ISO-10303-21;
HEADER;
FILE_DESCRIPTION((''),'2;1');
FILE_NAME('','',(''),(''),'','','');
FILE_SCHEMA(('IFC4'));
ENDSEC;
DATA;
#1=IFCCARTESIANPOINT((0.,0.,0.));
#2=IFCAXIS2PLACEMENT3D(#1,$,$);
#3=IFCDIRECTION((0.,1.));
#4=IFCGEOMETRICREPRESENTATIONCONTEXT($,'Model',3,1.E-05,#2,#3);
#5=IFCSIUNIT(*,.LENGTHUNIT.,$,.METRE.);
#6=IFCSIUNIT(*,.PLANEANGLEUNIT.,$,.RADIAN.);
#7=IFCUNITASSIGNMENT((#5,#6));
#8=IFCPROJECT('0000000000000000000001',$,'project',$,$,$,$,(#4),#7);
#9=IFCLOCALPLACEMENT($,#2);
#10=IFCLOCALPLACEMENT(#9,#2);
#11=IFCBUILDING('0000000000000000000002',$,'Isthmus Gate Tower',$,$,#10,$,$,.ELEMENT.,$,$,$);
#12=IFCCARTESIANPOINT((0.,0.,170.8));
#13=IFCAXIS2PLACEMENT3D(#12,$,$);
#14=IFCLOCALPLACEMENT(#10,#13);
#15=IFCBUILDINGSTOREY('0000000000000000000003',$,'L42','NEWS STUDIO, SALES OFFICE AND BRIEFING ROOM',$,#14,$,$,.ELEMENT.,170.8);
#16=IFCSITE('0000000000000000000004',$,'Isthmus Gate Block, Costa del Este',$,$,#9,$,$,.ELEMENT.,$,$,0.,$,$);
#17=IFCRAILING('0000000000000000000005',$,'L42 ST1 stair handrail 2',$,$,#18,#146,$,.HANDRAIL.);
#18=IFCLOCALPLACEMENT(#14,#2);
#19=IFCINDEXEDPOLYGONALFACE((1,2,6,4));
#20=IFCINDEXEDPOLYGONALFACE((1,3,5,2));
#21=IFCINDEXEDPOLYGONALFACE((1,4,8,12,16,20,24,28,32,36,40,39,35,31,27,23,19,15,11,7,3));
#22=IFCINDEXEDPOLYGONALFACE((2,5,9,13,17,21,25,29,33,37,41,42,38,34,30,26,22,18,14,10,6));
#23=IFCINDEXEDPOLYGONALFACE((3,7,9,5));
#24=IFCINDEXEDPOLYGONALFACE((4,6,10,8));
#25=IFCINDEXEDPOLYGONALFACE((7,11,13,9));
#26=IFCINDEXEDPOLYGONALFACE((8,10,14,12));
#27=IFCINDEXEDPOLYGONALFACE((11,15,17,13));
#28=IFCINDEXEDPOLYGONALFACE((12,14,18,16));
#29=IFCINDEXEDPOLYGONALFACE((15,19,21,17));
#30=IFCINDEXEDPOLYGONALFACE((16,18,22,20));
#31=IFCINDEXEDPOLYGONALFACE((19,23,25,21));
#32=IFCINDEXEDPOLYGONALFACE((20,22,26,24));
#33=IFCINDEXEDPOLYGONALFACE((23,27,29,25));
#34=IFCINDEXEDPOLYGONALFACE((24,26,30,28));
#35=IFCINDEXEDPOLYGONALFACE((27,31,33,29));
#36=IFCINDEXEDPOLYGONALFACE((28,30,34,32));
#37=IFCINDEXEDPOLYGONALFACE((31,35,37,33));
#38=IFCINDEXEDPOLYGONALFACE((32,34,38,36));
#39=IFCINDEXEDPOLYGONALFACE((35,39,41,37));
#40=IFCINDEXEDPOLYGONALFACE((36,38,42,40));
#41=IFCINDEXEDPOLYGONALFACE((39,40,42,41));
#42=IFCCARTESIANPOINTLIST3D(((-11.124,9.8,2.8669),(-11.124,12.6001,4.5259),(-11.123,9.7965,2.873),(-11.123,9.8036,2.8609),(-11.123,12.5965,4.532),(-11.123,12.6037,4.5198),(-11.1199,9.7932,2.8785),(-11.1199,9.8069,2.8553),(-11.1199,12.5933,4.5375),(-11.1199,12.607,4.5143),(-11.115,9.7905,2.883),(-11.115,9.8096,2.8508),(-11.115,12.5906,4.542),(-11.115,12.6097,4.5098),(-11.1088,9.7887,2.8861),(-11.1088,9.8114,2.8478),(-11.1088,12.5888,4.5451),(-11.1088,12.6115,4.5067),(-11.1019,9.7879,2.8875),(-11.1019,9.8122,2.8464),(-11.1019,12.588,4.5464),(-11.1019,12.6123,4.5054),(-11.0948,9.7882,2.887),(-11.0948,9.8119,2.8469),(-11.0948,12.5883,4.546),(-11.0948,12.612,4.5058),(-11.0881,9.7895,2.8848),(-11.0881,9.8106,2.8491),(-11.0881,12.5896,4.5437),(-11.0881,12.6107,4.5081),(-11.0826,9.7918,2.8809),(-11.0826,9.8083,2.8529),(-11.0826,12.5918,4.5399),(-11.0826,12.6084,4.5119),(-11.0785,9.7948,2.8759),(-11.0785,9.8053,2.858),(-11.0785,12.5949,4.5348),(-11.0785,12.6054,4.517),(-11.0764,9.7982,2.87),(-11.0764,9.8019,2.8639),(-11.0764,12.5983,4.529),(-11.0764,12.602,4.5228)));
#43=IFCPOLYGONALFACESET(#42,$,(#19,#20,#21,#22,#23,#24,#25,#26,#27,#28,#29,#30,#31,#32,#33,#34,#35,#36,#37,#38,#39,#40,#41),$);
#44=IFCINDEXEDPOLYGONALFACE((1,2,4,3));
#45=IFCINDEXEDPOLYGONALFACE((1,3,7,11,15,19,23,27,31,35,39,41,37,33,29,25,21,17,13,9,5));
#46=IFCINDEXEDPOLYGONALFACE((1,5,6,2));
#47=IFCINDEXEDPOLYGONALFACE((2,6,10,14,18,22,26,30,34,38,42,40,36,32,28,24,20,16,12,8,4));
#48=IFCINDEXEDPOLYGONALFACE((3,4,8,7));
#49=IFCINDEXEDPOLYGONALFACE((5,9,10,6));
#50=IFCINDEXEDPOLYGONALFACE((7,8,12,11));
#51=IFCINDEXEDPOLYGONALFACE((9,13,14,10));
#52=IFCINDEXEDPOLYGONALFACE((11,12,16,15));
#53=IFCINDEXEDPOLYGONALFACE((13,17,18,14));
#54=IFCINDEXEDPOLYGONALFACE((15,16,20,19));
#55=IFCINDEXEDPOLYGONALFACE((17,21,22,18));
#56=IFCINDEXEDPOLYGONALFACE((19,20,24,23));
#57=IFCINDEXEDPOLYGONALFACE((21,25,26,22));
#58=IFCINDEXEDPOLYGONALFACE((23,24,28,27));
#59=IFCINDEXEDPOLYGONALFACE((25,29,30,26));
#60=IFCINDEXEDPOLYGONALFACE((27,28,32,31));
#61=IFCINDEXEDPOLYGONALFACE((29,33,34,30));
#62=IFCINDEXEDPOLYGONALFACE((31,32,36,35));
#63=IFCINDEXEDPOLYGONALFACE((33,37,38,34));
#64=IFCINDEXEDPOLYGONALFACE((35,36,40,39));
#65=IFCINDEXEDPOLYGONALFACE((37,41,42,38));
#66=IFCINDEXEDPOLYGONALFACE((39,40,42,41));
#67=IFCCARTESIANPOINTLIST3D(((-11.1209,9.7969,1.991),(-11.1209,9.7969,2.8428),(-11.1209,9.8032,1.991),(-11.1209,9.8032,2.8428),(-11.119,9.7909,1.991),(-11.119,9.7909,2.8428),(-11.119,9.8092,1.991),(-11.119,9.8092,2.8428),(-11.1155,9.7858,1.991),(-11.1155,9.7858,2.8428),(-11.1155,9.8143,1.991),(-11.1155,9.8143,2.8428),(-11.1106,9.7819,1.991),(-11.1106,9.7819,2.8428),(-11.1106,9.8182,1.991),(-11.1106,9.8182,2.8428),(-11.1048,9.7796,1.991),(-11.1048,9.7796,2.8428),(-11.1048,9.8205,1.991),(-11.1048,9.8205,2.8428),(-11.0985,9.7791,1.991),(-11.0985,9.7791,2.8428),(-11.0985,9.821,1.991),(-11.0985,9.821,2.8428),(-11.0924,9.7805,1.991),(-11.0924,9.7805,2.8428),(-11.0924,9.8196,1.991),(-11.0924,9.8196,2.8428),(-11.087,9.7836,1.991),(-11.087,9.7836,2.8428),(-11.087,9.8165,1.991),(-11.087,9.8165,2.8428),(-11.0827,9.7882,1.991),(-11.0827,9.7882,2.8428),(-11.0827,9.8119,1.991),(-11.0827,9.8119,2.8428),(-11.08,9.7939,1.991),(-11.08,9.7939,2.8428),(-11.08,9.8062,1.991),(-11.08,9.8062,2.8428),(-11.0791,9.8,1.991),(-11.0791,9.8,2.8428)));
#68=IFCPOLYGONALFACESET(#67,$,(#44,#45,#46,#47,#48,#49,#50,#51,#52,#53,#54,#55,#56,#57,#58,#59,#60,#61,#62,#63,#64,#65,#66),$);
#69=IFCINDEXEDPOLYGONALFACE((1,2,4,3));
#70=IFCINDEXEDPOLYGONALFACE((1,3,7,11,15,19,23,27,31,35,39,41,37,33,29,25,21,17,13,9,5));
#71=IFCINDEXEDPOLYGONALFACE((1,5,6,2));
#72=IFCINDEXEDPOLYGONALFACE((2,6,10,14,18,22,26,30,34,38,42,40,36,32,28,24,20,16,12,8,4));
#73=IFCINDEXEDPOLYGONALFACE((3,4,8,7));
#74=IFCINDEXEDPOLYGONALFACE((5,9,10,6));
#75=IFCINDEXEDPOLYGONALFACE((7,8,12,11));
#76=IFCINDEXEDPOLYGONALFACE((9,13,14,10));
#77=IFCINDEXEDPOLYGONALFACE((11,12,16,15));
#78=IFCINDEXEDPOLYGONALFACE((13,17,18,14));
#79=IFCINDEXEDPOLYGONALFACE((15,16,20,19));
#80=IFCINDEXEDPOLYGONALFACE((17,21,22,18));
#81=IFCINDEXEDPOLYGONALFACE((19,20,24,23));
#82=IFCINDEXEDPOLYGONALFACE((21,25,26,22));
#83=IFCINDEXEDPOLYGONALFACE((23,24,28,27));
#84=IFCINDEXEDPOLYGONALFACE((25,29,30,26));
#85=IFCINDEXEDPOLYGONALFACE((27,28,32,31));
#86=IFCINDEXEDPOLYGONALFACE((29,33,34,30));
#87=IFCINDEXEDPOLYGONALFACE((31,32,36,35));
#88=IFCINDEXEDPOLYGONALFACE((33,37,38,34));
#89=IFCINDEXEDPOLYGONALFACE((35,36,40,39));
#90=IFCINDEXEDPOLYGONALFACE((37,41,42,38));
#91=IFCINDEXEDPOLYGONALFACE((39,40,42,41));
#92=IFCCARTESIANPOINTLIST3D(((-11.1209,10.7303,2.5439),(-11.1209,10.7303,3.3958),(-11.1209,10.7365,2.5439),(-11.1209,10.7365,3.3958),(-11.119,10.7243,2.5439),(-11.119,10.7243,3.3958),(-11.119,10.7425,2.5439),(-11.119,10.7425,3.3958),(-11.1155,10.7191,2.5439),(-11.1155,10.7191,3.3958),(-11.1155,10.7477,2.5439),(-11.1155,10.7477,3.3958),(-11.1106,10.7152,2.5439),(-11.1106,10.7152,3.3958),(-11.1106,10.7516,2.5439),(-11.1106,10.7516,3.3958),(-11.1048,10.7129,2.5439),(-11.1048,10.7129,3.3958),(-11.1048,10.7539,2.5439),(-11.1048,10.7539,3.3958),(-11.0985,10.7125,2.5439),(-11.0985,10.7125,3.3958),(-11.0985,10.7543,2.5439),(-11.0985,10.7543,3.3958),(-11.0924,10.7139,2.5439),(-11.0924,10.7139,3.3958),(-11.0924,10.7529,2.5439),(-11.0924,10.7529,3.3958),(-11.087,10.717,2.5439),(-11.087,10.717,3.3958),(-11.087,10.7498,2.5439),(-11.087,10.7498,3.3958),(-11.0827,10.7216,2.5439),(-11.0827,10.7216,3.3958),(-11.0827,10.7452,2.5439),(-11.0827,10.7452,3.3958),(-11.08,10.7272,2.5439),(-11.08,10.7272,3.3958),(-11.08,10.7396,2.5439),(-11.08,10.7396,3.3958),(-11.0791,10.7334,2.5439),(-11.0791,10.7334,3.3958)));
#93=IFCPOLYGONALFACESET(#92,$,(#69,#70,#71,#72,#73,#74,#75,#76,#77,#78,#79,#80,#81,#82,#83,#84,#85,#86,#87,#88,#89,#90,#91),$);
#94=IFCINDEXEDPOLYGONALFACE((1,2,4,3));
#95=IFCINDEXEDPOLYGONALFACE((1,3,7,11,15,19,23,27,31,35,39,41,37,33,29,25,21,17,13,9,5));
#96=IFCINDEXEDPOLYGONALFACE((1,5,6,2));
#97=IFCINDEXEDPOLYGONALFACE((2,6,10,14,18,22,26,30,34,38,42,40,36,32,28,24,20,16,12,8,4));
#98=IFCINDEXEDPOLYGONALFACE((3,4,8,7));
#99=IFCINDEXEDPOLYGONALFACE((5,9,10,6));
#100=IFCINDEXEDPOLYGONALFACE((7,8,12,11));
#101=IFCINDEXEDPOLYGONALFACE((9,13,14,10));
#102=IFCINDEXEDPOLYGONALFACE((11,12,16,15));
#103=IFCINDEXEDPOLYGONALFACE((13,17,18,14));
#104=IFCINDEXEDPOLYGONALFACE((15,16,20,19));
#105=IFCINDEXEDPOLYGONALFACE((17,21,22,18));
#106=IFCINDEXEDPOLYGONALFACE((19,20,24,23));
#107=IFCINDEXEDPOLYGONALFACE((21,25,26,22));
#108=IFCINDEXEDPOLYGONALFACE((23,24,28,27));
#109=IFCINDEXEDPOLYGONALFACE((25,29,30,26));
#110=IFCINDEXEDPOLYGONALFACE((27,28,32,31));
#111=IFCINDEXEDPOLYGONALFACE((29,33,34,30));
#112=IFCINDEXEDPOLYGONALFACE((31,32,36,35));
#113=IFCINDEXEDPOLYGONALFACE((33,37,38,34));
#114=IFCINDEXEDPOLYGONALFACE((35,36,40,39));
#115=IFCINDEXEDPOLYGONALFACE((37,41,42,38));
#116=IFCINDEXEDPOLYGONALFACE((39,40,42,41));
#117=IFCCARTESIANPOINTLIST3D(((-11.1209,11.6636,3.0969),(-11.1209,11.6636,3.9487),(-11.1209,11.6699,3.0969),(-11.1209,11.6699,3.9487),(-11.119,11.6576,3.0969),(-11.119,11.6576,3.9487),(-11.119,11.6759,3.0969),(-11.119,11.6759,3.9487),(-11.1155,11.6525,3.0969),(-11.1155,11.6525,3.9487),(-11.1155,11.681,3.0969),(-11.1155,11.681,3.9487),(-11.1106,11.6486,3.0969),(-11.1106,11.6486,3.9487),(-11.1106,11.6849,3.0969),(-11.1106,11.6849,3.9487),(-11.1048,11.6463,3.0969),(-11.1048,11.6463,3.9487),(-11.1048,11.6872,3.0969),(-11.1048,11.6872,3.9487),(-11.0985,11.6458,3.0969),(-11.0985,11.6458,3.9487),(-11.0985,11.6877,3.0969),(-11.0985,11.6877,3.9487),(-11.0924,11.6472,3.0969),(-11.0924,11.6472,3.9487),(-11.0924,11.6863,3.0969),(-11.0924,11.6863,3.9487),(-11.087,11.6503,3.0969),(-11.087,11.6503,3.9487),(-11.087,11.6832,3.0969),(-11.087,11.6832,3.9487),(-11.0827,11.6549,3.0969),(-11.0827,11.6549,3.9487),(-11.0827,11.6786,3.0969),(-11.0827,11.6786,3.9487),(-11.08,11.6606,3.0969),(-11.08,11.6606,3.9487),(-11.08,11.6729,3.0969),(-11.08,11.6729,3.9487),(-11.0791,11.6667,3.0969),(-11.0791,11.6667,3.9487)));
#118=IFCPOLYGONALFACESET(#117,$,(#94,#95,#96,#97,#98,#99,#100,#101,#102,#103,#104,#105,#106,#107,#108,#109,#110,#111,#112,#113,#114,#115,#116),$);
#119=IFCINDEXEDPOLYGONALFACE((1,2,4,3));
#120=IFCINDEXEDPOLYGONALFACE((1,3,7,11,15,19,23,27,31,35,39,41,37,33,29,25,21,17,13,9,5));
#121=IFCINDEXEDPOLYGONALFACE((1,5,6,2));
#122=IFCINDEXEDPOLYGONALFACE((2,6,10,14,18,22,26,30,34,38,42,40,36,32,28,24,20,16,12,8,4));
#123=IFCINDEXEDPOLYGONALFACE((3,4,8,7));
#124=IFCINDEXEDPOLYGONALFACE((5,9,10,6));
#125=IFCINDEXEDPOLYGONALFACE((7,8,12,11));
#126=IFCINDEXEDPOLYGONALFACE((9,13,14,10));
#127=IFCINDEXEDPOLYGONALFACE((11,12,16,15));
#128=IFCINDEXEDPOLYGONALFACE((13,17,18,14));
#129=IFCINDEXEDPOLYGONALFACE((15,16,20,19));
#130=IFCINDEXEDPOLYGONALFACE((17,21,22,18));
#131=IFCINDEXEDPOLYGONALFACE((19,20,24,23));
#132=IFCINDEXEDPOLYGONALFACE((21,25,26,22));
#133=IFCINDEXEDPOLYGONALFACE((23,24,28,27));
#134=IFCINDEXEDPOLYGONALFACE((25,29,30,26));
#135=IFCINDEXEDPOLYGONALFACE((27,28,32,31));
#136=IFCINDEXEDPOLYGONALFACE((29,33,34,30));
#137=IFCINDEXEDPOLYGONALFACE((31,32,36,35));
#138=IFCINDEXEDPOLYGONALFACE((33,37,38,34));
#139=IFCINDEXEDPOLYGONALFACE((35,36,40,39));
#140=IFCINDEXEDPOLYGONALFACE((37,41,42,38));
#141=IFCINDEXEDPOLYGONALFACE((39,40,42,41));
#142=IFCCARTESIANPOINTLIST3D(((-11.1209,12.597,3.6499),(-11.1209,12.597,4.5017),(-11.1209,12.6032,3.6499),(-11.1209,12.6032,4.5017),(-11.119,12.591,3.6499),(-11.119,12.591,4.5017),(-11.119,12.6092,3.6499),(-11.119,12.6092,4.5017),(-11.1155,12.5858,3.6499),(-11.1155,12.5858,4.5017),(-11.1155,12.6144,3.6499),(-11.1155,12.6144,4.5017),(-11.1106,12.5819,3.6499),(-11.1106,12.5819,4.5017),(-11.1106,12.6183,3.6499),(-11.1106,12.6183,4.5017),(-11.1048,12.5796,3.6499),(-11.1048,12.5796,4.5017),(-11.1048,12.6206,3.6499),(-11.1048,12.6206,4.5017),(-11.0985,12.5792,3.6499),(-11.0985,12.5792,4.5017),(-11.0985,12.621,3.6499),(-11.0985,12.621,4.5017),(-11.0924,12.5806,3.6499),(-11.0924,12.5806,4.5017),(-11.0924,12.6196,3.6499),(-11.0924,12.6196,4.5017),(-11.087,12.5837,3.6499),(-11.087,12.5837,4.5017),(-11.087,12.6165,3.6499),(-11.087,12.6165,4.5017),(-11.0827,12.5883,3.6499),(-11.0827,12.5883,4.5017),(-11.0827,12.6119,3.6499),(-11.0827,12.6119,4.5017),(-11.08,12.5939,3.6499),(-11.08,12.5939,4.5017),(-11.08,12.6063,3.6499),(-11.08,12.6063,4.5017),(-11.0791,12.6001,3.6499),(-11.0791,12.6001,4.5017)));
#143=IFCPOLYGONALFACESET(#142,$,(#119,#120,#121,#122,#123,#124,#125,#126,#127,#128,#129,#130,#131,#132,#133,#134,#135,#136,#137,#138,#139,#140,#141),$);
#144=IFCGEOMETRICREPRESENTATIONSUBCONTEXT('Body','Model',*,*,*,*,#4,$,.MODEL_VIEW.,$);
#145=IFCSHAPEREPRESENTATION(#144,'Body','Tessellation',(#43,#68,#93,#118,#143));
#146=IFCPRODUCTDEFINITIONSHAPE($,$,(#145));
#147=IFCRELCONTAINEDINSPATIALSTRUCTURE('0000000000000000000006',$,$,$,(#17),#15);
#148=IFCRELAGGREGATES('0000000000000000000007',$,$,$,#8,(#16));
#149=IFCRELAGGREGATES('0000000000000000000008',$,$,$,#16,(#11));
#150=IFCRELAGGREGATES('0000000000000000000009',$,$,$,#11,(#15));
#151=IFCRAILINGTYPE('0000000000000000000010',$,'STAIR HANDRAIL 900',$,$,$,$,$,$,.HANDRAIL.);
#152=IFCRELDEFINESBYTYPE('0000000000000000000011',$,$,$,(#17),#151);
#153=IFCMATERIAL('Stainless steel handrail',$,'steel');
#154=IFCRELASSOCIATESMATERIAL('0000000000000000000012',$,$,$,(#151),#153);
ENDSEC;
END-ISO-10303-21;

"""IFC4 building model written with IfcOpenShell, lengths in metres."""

from ifc_helpers import new_model, si_unit, direction, frame, origin, origin_2d, place, context, subcontext, project, spatial, circle, extrude, material, type_object, element, save


model = new_model("IFC4")

# Units and contexts
model_context = context("Model", 3, precision=1e-05, world=origin(), true_north=direction((0.0, 1.0)))
body_context = subcontext(model_context, "Body", "Model", "MODEL_VIEW")
ifc_project = project(units=[si_unit("LENGTHUNIT", "METRE"), si_unit("PLANEANGLEUNIT", "RADIAN")], contexts=[model_context])

# Site, building, storey
site_placement = place(None, origin())
site = spatial("IfcSite", under=ifc_project, at=site_placement, Name="Isthmus Gate Block, Costa del Este", CompositionType="ELEMENT", RefElevation=0.0)
building_placement = place(site_placement, origin())
building = spatial("IfcBuilding", under=site, at=building_placement, Name="Isthmus Gate Tower", CompositionType="ELEMENT")
storey_placement = place(building_placement, frame((0.0, 0.0, 170.8)))
storey = spatial("IfcBuildingStorey", under=building, at=storey_placement, Name="L42", Description="NEWS STUDIO, SALES OFFICE AND BRIEFING ROOM", CompositionType="ELEMENT", Elevation=170.8)

# Railing
ifc_material_1 = material(Name="Stainless steel handrail", Category="steel")
railing_type_1 = type_object("IfcRailingType", Name="STAIR HANDRAIL 900", PredefinedType="HANDRAIL", material=ifc_material_1)
railing_1_placement = place(storey_placement, frame((-11.1001, 9.8, 1.991)))
element("IfcRailing", 1, at=railing_1_placement, inside=storey, type_object=railing_type_1, Name="L42 ST1 stair handrail 2", PredefinedType="HANDRAIL", context=body_context, shape_type="SweptSolid", body=[
    extrude(circle(Radius=0.0239, at=origin_2d()), frame((0.0, 0.0, 0.876), z_axis=(0.0, 0.860339, 0.509722), x_axis=(-1.0, 0.0, 0.0)), (0.0, 0.0, 1.0), 3.2546),
    extrude(circle(Radius=0.021, at=origin_2d()), origin(), (0.0, 0.0, 1.0), 0.8518),
    extrude(circle(Radius=0.021, at=origin_2d()), frame((0.0, 0.9333, 0.553)), (0.0, 0.0, 1.0), 0.8518),
    extrude(circle(Radius=0.021, at=origin_2d()), frame((0.0, 1.8667, 1.106)), (0.0, 0.0, 1.0), 0.8518),
    extrude(circle(Radius=0.021, at=origin_2d()), frame((0.0, 2.8, 1.6589)), (0.0, 0.0, 1.0), 0.8518),
])

save(model, "model.ifc")
